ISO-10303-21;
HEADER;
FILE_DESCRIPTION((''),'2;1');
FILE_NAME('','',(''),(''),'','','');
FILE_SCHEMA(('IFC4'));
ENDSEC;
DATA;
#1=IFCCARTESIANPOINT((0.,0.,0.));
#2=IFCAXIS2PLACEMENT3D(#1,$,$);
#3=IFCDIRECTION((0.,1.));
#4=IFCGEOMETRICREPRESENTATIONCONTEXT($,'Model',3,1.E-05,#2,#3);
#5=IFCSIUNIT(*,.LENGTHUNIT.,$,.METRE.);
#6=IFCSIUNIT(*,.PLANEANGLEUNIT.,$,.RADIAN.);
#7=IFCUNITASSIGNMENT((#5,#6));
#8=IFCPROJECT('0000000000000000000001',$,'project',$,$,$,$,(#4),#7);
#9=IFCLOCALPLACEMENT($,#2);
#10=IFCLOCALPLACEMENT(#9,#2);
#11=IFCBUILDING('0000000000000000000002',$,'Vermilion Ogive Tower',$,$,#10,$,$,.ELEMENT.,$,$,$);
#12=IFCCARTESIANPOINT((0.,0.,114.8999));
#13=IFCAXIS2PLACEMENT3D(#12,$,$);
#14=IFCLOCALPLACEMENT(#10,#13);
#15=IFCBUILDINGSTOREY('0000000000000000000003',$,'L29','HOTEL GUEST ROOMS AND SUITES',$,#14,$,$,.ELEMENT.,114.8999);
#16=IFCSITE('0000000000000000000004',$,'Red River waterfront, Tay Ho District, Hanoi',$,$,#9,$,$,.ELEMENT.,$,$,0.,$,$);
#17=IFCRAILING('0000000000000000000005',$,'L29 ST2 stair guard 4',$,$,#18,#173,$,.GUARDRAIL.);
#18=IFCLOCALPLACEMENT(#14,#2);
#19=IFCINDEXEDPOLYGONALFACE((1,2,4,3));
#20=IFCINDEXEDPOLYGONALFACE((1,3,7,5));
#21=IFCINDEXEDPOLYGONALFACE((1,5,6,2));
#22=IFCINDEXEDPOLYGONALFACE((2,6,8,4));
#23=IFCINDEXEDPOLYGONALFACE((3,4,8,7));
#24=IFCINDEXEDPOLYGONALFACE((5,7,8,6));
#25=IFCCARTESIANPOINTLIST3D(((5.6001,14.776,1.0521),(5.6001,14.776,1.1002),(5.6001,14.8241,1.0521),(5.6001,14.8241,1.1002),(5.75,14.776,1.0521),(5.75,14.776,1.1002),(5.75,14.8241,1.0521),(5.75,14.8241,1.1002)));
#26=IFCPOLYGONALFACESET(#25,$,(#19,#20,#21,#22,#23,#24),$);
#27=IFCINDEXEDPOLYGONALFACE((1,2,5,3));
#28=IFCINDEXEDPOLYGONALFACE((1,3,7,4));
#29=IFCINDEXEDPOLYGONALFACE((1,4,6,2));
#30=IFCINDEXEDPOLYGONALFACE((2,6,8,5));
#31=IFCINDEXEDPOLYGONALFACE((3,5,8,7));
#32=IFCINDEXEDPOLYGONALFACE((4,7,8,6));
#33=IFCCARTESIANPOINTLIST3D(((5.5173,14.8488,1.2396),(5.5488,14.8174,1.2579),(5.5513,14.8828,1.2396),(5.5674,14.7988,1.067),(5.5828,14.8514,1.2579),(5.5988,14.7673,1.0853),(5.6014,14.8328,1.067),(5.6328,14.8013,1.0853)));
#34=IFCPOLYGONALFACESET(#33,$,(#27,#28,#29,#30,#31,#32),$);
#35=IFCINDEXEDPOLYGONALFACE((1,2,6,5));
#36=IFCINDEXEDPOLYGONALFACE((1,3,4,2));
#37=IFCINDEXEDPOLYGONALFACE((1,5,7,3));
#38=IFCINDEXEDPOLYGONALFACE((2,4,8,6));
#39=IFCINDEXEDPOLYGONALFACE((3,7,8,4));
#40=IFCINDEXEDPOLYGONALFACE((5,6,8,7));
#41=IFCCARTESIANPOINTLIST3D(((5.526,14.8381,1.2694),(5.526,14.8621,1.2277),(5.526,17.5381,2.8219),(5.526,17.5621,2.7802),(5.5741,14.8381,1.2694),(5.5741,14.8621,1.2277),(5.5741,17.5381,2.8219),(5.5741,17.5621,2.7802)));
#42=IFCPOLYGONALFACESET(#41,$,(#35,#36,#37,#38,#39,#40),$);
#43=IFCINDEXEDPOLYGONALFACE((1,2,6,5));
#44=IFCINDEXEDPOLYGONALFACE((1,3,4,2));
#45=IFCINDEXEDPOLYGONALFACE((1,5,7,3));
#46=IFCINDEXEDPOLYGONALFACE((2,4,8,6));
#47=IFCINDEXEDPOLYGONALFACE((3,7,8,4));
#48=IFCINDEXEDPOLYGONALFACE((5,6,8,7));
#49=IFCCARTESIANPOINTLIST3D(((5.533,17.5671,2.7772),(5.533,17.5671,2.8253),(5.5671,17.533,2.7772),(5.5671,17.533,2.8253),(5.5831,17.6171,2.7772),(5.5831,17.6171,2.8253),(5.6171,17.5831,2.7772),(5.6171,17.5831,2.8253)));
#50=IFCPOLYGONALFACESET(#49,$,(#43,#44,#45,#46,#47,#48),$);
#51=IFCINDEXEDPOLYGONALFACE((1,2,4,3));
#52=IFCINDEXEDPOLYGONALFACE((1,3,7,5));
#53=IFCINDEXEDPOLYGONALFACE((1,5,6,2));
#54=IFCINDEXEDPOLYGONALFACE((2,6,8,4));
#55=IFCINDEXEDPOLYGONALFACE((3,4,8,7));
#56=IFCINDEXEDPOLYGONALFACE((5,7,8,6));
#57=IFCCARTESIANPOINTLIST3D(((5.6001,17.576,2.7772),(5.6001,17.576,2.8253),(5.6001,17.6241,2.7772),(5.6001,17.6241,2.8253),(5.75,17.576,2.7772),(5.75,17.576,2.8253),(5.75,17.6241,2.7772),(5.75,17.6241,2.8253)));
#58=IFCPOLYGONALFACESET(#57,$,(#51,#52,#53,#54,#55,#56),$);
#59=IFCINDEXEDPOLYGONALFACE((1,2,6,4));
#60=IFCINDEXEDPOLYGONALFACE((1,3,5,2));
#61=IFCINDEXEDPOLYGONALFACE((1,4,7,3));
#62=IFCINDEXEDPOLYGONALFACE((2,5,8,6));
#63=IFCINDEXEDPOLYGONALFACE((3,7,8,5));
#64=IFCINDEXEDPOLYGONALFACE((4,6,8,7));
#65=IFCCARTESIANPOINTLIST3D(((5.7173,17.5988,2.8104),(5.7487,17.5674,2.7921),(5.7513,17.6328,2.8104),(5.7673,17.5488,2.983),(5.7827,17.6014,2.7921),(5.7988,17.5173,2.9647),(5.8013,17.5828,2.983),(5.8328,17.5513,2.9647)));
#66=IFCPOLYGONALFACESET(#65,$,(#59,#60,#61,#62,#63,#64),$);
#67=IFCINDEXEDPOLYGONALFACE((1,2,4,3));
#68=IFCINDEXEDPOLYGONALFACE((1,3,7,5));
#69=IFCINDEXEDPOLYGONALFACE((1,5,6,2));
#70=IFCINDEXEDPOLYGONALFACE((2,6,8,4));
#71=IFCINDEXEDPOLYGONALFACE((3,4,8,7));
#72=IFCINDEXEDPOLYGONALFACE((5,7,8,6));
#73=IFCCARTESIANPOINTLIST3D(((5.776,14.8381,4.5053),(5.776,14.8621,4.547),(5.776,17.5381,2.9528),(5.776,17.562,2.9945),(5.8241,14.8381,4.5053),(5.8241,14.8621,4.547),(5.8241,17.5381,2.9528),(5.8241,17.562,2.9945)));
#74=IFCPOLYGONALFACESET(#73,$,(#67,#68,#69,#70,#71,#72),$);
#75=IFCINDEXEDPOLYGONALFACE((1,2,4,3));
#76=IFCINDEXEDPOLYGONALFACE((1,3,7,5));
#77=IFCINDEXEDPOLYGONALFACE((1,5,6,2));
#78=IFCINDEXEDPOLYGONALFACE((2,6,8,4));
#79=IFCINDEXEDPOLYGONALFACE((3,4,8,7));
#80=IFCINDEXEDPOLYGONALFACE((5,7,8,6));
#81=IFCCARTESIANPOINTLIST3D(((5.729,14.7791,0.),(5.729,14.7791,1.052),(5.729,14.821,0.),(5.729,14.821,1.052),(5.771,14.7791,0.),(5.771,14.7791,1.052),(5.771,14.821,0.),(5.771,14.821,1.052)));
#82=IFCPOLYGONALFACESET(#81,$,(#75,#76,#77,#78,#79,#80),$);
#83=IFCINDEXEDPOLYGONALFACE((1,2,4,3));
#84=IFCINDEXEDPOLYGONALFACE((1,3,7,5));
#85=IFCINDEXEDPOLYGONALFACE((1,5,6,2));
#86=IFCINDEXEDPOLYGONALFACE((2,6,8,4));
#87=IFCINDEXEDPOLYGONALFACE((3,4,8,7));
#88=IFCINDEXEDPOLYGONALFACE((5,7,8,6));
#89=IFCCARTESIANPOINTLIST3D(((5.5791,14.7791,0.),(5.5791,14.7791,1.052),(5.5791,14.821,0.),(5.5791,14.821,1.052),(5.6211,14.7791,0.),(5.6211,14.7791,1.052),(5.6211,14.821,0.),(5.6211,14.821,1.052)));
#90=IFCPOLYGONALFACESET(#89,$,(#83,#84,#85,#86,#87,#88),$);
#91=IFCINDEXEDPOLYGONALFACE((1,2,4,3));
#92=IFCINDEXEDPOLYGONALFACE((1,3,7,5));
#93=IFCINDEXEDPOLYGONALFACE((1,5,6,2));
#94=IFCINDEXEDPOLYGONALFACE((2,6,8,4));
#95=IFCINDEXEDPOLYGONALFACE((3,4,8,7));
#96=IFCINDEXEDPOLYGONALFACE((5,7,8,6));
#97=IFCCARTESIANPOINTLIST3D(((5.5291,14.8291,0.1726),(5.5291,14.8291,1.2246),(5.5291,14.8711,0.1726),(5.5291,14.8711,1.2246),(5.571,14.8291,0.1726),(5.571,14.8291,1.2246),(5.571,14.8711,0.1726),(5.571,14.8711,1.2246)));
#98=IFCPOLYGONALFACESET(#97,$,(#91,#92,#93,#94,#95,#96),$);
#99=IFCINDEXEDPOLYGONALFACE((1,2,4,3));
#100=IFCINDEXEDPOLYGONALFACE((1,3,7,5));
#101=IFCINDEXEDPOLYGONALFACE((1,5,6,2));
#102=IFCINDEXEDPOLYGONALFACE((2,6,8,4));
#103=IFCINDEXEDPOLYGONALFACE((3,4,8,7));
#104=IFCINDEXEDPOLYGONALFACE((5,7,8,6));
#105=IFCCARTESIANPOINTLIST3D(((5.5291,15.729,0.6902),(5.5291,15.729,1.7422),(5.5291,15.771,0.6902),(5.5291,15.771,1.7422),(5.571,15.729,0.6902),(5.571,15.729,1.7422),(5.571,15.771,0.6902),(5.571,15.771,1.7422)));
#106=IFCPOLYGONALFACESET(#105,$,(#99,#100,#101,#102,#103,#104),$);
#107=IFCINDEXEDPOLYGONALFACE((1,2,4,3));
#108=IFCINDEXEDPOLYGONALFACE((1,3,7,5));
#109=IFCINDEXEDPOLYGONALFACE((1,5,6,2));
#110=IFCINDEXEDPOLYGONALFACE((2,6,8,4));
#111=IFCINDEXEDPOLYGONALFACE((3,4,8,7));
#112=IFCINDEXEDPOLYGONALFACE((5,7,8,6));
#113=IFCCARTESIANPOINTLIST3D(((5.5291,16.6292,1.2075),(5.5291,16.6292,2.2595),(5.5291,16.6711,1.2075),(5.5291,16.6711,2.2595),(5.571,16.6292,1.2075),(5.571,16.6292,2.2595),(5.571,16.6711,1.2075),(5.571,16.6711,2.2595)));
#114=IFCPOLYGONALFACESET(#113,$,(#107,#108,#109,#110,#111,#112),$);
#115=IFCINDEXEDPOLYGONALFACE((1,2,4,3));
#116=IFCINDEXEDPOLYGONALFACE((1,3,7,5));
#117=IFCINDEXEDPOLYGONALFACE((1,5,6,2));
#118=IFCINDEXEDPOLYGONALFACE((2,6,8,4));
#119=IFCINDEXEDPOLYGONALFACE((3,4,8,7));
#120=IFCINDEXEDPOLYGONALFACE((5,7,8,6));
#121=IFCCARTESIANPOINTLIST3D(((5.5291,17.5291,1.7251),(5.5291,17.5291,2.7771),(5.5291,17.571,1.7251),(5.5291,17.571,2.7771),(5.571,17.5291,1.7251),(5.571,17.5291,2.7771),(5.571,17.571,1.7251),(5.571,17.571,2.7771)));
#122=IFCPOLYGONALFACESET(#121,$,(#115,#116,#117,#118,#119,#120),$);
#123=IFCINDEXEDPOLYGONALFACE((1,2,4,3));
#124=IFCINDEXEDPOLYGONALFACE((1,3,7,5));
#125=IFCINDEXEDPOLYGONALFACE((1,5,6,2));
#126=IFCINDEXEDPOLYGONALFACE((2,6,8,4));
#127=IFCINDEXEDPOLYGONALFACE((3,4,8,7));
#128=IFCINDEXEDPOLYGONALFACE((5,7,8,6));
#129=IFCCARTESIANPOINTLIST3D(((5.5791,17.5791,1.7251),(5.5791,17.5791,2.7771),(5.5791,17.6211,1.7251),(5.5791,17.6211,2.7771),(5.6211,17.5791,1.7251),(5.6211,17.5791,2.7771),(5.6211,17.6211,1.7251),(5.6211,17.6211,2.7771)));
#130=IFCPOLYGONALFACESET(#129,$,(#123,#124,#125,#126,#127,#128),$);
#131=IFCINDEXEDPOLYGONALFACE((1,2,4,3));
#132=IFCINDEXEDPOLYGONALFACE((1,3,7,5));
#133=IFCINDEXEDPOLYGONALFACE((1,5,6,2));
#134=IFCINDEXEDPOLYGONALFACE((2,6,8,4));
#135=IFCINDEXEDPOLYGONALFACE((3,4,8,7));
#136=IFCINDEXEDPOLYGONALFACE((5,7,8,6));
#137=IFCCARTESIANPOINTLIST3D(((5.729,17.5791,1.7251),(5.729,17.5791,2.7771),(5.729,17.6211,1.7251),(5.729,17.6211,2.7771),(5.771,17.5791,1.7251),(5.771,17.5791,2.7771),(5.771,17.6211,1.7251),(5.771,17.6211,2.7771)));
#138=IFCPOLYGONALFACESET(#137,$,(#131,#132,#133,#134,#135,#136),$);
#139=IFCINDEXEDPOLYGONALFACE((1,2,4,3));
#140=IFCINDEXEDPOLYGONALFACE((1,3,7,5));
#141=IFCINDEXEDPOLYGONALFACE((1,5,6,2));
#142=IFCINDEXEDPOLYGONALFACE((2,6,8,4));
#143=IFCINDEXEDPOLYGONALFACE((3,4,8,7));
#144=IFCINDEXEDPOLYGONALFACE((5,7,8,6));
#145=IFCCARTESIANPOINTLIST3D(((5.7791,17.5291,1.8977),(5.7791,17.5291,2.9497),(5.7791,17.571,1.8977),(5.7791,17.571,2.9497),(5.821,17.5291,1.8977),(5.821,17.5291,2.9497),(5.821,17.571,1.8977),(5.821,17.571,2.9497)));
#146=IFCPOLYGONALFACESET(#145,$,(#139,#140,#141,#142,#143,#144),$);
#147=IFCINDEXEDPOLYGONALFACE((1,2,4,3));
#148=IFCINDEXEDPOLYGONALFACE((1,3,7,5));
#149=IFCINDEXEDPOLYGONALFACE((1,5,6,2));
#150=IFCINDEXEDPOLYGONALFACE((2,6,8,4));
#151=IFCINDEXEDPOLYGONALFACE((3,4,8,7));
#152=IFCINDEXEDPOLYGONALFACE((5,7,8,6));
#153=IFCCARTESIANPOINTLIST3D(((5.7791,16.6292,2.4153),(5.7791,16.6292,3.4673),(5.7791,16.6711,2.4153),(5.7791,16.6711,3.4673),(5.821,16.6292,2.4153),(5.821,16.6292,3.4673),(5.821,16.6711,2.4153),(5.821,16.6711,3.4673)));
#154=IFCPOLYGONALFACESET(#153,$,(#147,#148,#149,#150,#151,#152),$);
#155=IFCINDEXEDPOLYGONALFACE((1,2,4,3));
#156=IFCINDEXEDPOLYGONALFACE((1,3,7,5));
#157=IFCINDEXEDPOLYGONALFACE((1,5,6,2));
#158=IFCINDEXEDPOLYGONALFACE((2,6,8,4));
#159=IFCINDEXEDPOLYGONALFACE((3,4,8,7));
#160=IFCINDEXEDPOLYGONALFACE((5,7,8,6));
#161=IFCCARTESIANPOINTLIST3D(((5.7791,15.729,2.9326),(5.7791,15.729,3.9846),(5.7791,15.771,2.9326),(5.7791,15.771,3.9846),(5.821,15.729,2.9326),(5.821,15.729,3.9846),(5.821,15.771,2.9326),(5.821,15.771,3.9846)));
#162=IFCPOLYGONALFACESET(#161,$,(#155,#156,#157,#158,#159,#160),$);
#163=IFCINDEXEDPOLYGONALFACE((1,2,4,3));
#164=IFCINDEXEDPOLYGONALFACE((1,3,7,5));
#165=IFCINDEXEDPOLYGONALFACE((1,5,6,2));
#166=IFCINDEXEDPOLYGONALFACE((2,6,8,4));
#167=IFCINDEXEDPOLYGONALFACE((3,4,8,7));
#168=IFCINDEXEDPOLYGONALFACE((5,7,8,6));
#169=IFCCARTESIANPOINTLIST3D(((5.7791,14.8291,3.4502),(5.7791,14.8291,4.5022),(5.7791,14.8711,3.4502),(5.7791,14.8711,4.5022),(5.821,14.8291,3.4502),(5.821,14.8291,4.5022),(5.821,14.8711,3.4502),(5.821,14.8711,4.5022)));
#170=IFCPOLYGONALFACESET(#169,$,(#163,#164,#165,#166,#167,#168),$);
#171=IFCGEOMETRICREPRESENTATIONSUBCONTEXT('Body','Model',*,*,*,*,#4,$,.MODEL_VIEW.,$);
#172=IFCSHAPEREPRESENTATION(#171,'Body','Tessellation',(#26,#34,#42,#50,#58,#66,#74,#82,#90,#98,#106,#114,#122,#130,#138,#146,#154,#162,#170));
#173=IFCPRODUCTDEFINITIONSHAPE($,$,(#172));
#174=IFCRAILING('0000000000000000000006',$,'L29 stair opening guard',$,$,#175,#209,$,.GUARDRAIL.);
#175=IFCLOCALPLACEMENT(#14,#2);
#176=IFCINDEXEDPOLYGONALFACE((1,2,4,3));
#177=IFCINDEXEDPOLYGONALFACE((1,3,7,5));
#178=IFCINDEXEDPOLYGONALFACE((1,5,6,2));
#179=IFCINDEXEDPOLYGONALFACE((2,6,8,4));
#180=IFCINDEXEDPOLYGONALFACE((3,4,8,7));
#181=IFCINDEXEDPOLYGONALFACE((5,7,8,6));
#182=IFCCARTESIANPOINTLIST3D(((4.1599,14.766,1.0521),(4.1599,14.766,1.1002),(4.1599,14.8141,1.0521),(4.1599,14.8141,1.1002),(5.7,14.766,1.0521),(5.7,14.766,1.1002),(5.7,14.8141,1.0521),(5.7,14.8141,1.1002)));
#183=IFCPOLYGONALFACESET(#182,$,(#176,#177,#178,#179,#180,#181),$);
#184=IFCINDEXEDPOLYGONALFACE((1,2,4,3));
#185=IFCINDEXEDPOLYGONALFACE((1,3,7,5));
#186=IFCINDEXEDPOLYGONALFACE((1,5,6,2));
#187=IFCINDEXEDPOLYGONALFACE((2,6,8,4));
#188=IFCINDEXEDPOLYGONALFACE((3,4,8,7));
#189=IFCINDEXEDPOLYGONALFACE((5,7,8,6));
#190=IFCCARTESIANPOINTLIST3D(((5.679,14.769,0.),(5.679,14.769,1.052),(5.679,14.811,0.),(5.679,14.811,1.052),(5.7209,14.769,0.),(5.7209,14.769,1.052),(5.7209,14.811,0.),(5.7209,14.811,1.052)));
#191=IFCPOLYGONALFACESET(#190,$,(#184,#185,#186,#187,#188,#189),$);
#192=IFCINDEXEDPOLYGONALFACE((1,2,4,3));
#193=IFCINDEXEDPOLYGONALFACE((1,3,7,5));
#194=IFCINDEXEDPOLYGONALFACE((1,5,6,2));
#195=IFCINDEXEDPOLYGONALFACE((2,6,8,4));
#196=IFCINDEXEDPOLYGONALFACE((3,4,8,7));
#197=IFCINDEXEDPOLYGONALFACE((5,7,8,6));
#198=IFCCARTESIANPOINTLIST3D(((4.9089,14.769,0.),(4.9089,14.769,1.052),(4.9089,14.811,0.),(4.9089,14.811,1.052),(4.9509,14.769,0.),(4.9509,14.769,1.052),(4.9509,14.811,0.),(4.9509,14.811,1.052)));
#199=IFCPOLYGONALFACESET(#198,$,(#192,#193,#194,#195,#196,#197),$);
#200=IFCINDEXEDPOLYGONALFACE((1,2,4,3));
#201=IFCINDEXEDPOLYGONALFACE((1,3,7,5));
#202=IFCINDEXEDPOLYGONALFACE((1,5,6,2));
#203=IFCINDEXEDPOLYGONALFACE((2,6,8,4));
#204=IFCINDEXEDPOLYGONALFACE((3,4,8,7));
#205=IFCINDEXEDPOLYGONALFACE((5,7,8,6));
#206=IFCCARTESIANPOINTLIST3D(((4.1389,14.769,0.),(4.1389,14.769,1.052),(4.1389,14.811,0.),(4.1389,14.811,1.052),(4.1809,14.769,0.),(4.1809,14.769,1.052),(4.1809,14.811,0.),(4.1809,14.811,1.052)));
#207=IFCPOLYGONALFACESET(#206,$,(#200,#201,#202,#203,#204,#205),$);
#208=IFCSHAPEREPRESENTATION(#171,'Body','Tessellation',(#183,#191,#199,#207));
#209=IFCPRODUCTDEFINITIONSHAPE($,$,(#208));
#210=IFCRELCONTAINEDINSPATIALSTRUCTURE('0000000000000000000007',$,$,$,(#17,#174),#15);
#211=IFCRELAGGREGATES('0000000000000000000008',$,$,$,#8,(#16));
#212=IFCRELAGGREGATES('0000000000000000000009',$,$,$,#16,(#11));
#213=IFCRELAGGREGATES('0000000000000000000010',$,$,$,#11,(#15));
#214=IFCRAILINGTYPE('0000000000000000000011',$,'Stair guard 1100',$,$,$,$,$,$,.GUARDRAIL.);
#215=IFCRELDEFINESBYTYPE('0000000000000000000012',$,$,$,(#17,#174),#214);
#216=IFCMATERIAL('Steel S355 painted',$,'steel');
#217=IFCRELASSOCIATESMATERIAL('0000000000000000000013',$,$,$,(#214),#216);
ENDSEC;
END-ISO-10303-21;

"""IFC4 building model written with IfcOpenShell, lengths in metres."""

from ifc_helpers import new_model, si_unit, direction, frame, origin, origin_2d, place, context, subcontext, project, spatial, rectangle, extrude, material, type_object, element, save


model = new_model("IFC4")

# Units and contexts
model_context = context("Model", 3, precision=1e-05, world=origin(), true_north=direction((0.0, 1.0)))
body_context = subcontext(model_context, "Body", "Model", "MODEL_VIEW")
ifc_project = project(units=[si_unit("LENGTHUNIT", "METRE"), si_unit("PLANEANGLEUNIT", "RADIAN")], contexts=[model_context])

# Site, building, storey
site_placement = place(None, origin())
site = spatial("IfcSite", under=ifc_project, at=site_placement, Name="Red River waterfront, Tay Ho District, Hanoi", CompositionType="ELEMENT", RefElevation=0.0)
building_placement = place(site_placement, origin())
building = spatial("IfcBuilding", under=site, at=building_placement, Name="Vermilion Ogive Tower", CompositionType="ELEMENT")
storey_placement = place(building_placement, frame((0.0, 0.0, 114.8999)))
storey = spatial("IfcBuildingStorey", under=building, at=storey_placement, Name="L29", Description="HOTEL GUEST ROOMS AND SUITES", CompositionType="ELEMENT", Elevation=114.8999)

# Railings
ifc_material_1 = material(Name="Steel S355 painted", Category="steel")
railing_type_1 = type_object("IfcRailingType", Name="Stair guard 1100", PredefinedType="GUARDRAIL", material=ifc_material_1)
railing_1_placement = place(storey_placement, frame((5.75, 14.8, 0.0)))
element("IfcRailing", 1, at=railing_1_placement, inside=storey, type_object=railing_type_1, Name="L29 ST2 stair guard 4", PredefinedType="GUARDRAIL", context=body_context, shape_type="SweptSolid", body=[
    extrude(rectangle(XDim=0.0481, YDim=0.0481, at=origin_2d()), frame((0.0, 0.0, 1.0762), z_axis=(-1.0, 0.0, 0.0), x_axis=(0.0, -1.0, 0.0)), (0.0, 0.0, 1.0), 0.1499),
    extrude(rectangle(XDim=0.0481, YDim=0.0481, at=origin_2d()), frame((-0.1499, 0.0, 1.0762), z_axis=(-0.268278, 0.268278, 0.925232), x_axis=(-0.707107, -0.707107, 0.0)), (0.0, 0.0, 1.0), 0.1865),
    extrude(rectangle(XDim=0.0481, YDim=0.0481, at=origin_2d()), frame((-0.2, 0.05, 1.2485), z_axis=(0.0, 0.866904, 0.498476), x_axis=(-1.0, 0.0, 0.0)), (0.0, 0.0, 1.0), 3.1145),
    extrude(rectangle(XDim=0.0481, YDim=0.0481, at=origin_2d()), frame((-0.2, 2.75, 2.8013), z_axis=(0.707107, 0.707107, 0.0), x_axis=(-0.707107, 0.707107, 0.0)), (0.0, 0.0, 1.0), 0.0708),
    extrude(rectangle(XDim=0.0481, YDim=0.0481, at=origin_2d()), frame((-0.1499, 2.8, 2.8013), z_axis=(1.0, 0.0, 0.0), x_axis=(0.0, 1.0, 0.0)), (0.0, 0.0, 1.0), 0.1499),
    extrude(rectangle(XDim=0.0481, YDim=0.0481, at=origin_2d()), frame((0.0, 2.8, 2.8013), z_axis=(0.268278, -0.268278, 0.925232), x_axis=(0.707107, 0.707107, 0.0)), (0.0, 0.0, 1.0), 0.1865),
    extrude(rectangle(XDim=0.0481, YDim=0.0481, at=origin_2d()), frame((0.05, 2.75, 2.9736), z_axis=(0.0, -0.866904, 0.498476), x_axis=(1.0, 0.0, 0.0)), (0.0, 0.0, 1.0), 3.1145),
    extrude(rectangle(XDim=0.042, YDim=0.042, at=origin_2d()), origin(), (0.0, 0.0, 1.0), 1.052),
    extrude(rectangle(XDim=0.042, YDim=0.042, at=origin_2d()), frame((-0.1499, 0.0, 0.0)), (0.0, 0.0, 1.0), 1.052),
    extrude(rectangle(XDim=0.042, YDim=0.042, at=origin_2d()), frame((-0.2, 0.05, 0.1726)), (0.0, 0.0, 1.0), 1.052),
    extrude(rectangle(XDim=0.042, YDim=0.042, at=origin_2d()), frame((-0.2, 0.95, 0.6902)), (0.0, 0.0, 1.0), 1.052),
    extrude(rectangle(XDim=0.042, YDim=0.042, at=origin_2d()), frame((-0.2, 1.8501, 1.2075)), (0.0, 0.0, 1.0), 1.052),
    extrude(rectangle(XDim=0.042, YDim=0.042, at=origin_2d()), frame((-0.2, 2.75, 1.7251)), (0.0, 0.0, 1.0), 1.052),
    extrude(rectangle(XDim=0.042, YDim=0.042, at=origin_2d()), frame((-0.1499, 2.8, 1.7251)), (0.0, 0.0, 1.0), 1.052),
    extrude(rectangle(XDim=0.042, YDim=0.042, at=origin_2d()), frame((0.0, 2.8, 1.7251)), (0.0, 0.0, 1.0), 1.052),
    extrude(rectangle(XDim=0.042, YDim=0.042, at=origin_2d()), frame((0.05, 2.75, 1.8977)), (0.0, 0.0, 1.0), 1.052),
    extrude(rectangle(XDim=0.042, YDim=0.042, at=origin_2d()), frame((0.05, 1.8501, 2.4153)), (0.0, 0.0, 1.0), 1.052),
    extrude(rectangle(XDim=0.042, YDim=0.042, at=origin_2d()), frame((0.05, 0.95, 2.9326)), (0.0, 0.0, 1.0), 1.052),
    extrude(rectangle(XDim=0.042, YDim=0.042, at=origin_2d()), frame((0.05, 0.05, 3.4502)), (0.0, 0.0, 1.0), 1.052),
])
railing_2_placement = place(storey_placement, frame((5.7, 14.79, 0.0)))
element("IfcRailing", 2, at=railing_2_placement, inside=storey, type_object=railing_type_1, Name="L29 stair opening guard", PredefinedType="GUARDRAIL", context=body_context, shape_type="SweptSolid", body=[
    extrude(rectangle(XDim=0.0481, YDim=0.0481, at=origin_2d()), frame((0.0, 0.0, 1.0762), z_axis=(-1.0, 0.0, 0.0), x_axis=(0.0, -1.0, 0.0)), (0.0, 0.0, 1.0), 1.54),
    extrude(rectangle(XDim=0.042, YDim=0.042, at=origin_2d()), origin(), (0.0, 0.0, 1.0), 1.052),
    extrude(rectangle(XDim=0.042, YDim=0.042, at=origin_2d()), frame((-0.77, 0.0, 0.0)), (0.0, 0.0, 1.0), 1.052),
    extrude(rectangle(XDim=0.042, YDim=0.042, at=origin_2d()), frame((-1.54, 0.0, 0.0)), (0.0, 0.0, 1.0), 1.052),
])

save(model, "model.ifc")
